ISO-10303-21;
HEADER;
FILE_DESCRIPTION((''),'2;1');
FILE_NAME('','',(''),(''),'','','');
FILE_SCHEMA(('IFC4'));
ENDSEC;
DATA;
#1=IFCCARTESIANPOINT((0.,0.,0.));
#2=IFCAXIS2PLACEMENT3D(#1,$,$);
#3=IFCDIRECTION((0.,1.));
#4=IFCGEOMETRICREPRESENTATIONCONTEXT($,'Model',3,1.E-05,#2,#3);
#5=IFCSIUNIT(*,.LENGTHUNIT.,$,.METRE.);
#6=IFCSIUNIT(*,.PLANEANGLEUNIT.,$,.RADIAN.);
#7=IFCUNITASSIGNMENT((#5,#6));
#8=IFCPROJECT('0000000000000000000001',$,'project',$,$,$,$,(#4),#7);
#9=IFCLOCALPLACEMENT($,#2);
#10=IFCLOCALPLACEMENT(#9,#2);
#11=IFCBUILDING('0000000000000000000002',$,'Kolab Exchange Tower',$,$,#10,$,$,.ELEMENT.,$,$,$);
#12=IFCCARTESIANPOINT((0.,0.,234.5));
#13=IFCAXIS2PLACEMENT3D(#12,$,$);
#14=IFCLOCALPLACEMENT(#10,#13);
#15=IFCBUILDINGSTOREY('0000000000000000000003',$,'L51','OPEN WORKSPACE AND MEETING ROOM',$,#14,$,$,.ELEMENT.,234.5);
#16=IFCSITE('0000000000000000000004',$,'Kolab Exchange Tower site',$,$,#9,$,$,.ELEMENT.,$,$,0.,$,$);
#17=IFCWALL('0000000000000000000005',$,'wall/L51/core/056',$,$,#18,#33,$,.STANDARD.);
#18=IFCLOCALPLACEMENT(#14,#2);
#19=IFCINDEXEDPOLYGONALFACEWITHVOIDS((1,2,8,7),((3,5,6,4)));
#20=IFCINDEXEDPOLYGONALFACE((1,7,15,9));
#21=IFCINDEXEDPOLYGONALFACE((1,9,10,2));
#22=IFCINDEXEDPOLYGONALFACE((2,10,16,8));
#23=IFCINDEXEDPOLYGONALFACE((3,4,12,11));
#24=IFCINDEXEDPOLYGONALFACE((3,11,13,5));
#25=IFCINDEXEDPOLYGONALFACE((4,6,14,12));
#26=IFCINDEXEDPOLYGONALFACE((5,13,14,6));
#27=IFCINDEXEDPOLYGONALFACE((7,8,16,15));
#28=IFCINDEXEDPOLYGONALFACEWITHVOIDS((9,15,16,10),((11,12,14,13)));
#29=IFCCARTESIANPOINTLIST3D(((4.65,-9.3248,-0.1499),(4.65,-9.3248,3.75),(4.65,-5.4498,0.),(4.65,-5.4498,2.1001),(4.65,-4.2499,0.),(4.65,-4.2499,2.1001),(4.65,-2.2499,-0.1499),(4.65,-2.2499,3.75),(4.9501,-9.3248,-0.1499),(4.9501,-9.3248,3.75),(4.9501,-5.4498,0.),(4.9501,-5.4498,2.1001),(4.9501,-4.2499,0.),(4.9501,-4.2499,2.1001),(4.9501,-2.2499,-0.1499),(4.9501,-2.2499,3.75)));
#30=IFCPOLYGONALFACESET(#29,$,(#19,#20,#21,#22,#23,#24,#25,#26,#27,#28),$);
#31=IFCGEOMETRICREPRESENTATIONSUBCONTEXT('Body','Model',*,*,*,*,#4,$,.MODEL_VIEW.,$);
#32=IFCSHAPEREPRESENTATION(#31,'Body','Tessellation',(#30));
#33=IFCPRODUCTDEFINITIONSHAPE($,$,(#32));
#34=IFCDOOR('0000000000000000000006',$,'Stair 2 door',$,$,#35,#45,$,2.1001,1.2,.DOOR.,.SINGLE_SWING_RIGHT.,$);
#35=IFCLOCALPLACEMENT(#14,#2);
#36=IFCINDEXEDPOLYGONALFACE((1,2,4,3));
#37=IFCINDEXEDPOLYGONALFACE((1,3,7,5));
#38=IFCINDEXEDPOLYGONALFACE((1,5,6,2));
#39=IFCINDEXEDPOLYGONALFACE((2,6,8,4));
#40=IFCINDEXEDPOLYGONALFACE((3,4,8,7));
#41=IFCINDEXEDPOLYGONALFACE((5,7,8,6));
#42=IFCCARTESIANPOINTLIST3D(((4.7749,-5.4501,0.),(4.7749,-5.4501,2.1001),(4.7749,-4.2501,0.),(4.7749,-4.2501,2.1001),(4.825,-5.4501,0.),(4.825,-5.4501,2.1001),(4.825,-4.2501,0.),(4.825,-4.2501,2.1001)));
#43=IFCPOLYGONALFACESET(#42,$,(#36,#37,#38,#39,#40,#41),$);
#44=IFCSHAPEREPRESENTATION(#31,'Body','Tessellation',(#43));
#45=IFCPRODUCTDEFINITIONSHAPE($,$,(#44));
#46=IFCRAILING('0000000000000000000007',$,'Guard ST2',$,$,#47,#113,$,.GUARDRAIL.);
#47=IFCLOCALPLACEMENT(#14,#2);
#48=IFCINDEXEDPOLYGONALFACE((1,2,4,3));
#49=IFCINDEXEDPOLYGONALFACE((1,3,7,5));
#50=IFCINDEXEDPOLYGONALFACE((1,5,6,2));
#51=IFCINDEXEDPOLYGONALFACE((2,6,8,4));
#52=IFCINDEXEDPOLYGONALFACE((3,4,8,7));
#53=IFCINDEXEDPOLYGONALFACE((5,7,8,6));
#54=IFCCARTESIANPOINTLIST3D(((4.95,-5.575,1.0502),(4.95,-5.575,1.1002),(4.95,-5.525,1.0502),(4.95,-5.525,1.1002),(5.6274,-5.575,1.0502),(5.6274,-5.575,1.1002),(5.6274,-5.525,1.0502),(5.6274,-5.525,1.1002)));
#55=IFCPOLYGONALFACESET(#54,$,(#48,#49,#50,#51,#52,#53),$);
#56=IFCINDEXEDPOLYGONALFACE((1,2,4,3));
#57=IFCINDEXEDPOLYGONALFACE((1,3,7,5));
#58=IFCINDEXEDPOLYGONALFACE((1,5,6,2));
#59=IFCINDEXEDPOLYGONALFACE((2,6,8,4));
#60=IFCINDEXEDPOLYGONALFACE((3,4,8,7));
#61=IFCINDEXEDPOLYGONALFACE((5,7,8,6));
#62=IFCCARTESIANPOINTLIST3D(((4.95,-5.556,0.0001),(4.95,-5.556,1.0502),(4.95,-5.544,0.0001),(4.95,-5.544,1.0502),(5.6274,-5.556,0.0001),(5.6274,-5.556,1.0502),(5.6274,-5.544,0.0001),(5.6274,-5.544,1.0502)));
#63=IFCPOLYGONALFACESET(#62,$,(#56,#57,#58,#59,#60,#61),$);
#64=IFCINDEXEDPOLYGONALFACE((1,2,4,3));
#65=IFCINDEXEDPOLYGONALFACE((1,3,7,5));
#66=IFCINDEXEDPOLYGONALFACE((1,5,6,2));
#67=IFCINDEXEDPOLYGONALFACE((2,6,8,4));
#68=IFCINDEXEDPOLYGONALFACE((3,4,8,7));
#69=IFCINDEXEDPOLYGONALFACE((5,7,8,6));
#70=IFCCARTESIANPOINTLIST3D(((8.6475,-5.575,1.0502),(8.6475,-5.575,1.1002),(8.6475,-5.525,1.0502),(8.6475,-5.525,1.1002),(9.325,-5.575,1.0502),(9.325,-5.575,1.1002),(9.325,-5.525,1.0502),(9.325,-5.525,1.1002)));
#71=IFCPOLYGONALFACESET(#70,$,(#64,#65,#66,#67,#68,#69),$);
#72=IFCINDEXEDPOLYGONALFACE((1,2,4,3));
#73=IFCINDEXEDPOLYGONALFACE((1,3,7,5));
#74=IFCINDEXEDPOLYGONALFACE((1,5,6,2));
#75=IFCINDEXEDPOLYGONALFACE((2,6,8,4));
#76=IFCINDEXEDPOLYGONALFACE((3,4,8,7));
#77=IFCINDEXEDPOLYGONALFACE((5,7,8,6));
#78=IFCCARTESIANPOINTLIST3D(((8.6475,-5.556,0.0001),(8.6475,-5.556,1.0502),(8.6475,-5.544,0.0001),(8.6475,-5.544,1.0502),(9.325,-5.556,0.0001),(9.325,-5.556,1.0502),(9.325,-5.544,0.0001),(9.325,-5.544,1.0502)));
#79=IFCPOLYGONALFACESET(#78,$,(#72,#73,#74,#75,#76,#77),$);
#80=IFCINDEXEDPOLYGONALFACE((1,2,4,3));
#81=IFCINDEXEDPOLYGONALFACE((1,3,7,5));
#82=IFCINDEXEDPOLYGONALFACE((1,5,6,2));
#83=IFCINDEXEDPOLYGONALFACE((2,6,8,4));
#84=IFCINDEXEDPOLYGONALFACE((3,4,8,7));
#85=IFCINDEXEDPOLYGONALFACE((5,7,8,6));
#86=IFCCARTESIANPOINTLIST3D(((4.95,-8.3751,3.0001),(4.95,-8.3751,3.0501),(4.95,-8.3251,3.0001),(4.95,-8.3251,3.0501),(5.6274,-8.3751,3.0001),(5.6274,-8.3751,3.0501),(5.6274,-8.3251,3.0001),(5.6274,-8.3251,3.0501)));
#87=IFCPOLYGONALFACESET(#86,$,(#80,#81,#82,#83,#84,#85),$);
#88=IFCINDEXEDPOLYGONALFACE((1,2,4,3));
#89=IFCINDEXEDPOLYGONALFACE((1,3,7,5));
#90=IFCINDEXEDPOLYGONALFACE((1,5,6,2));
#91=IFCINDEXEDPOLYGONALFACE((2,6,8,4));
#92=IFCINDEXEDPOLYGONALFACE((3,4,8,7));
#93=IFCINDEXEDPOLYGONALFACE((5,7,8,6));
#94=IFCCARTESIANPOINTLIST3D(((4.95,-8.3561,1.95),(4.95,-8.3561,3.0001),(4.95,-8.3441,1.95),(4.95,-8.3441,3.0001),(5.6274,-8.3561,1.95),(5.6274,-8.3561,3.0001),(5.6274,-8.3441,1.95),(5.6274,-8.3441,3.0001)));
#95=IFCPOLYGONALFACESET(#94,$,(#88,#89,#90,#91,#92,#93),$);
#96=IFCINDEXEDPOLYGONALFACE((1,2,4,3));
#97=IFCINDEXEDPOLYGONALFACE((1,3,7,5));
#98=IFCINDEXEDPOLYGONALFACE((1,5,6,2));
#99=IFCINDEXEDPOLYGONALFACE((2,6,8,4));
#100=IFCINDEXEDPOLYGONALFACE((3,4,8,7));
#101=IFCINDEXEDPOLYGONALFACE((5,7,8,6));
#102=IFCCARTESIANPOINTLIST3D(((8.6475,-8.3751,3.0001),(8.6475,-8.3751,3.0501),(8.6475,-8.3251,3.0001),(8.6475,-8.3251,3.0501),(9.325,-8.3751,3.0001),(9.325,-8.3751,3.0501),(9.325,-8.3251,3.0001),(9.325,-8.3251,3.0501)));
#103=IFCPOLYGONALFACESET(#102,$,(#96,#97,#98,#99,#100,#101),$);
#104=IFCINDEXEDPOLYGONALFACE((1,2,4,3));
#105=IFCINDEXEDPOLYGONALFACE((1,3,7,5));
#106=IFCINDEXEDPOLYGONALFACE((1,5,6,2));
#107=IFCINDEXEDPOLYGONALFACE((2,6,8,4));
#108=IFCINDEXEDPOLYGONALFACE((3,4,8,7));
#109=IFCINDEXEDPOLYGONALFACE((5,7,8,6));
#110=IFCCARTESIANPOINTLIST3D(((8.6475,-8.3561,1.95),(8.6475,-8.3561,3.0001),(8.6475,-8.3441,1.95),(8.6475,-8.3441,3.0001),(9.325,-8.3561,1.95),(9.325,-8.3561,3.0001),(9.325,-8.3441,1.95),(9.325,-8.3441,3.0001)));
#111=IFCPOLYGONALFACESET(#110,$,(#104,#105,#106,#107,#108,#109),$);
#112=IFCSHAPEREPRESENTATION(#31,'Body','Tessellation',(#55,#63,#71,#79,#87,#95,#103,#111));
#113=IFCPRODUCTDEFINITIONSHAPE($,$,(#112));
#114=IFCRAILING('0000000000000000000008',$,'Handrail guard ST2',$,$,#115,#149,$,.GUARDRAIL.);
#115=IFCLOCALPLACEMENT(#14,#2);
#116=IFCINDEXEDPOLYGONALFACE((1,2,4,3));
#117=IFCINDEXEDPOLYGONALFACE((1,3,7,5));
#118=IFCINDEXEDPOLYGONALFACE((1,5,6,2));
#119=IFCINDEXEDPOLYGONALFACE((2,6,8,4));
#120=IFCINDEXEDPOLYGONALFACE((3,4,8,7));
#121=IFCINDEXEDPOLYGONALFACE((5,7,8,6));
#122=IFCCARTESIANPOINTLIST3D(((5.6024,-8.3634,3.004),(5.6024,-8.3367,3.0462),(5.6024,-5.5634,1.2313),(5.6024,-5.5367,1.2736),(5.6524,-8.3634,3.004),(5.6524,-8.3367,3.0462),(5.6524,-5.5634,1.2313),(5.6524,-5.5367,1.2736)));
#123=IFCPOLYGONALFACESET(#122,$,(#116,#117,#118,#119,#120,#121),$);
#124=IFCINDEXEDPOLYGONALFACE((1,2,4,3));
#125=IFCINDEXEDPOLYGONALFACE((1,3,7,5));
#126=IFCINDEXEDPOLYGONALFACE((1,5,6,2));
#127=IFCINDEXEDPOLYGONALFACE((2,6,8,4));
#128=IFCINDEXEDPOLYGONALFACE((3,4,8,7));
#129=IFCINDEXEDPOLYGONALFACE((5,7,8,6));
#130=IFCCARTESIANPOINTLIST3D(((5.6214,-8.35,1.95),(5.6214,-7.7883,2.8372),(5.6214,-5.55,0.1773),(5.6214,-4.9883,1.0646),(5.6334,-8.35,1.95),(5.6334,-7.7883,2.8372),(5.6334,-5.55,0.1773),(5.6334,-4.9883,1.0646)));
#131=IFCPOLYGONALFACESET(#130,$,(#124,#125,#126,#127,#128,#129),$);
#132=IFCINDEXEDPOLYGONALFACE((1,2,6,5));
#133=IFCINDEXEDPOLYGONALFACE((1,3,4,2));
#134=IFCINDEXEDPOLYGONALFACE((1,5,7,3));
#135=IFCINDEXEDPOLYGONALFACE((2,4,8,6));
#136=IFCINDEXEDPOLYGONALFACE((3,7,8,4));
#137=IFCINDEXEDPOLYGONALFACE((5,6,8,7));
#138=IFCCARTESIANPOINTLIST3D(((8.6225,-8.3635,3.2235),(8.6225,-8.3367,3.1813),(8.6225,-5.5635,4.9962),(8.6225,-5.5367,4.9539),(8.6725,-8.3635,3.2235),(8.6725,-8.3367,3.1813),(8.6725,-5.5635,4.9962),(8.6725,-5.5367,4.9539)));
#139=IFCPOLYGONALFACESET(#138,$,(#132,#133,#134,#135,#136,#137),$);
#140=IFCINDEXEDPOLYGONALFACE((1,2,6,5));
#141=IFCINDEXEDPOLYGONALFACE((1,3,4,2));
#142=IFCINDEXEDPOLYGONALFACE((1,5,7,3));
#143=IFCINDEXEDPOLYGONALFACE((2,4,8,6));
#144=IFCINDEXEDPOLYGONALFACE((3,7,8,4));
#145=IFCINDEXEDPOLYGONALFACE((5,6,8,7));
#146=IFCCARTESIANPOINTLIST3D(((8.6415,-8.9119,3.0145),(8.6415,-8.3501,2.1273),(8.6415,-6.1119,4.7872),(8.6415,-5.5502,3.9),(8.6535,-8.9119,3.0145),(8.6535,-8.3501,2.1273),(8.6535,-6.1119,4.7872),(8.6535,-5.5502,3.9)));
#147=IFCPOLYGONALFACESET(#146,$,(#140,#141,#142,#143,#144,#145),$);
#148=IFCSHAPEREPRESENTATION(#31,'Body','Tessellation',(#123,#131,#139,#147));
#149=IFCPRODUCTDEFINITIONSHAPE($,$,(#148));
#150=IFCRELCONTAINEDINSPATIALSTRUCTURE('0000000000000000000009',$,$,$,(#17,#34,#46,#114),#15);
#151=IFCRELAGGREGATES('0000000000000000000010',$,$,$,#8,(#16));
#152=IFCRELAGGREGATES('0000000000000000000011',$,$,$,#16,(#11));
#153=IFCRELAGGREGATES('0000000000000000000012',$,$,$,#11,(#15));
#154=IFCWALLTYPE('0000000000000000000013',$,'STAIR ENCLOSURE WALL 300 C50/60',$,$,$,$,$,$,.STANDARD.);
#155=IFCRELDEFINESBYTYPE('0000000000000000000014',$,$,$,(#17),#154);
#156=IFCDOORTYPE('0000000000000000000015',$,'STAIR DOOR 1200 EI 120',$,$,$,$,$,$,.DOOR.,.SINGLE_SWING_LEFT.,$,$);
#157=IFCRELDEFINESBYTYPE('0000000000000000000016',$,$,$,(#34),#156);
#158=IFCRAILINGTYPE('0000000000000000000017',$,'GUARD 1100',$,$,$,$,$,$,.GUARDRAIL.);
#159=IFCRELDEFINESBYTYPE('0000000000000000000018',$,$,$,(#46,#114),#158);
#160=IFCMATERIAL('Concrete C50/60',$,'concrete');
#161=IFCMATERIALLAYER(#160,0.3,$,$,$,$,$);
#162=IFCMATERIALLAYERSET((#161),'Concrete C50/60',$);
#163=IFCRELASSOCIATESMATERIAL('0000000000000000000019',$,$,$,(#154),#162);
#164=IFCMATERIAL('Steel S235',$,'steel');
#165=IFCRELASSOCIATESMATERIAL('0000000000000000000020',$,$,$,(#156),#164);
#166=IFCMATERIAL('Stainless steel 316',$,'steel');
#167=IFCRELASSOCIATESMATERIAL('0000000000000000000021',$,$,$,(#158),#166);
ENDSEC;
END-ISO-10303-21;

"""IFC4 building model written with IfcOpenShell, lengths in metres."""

from ifc_helpers import new_model, si_unit, direction, frame, frame_2d, origin, origin_2d, place, context, subcontext, project, spatial, rectangle, extrude, material, layer, layer_set, type_object, element, fill, save


model = new_model("IFC4")

# Units and contexts
model_context = context("Model", 3, precision=1e-05, world=origin(), true_north=direction((0.0, 1.0)))
body_context = subcontext(model_context, "Body", "Model", "MODEL_VIEW")
ifc_project = project(units=[si_unit("LENGTHUNIT", "METRE"), si_unit("PLANEANGLEUNIT", "RADIAN")], contexts=[model_context])

# Site, building, storey
site_placement = place(None, origin())
site = spatial("IfcSite", under=ifc_project, at=site_placement, Name="Kolab Exchange Tower site", CompositionType="ELEMENT", RefElevation=0.0)
building_placement = place(site_placement, origin())
building = spatial("IfcBuilding", under=site, at=building_placement, Name="Kolab Exchange Tower", CompositionType="ELEMENT")
storey_placement = place(building_placement, frame((0.0, 0.0, 234.5)))
storey = spatial("IfcBuildingStorey", under=building, at=storey_placement, Name="L51", Description="OPEN WORKSPACE AND MEETING ROOM", CompositionType="ELEMENT", Elevation=234.5)

# Shared definitions
ifc_material_1 = material(Name="Concrete C50/60", Category="concrete")
ifc_material_2 = material(Name="Stainless steel 316", Category="steel")

# Wall, opening, door
ifc_material_3 = material(Name="Steel S235", Category="steel")
ifc_layer_1 = layer(ifc_material_1, 0.3)
ifc_layer_set_1 = layer_set([ifc_layer_1], Name="Concrete C50/60")
wall_type_1 = type_object("IfcWallType", Name="STAIR ENCLOSURE WALL 300 C50/60", PredefinedType="STANDARD", material=ifc_layer_set_1)
wall_1_placement = place(storey_placement, frame((4.8, -9.325, -0.1499), z_axis=(0.0, 0.0, 1.0), x_axis=(0.0, 1.0, 0.0)))
wall_1 = element("IfcWall", 1, at=wall_1_placement, inside=storey, type_object=wall_type_1, Name="wall/L51/core/056", PredefinedType="STANDARD", context=body_context, shape_type="SweptSolid", body=[
    extrude(rectangle(XDim=7.075, YDim=0.3, at=frame_2d((3.5376, 0.0))), origin(), (0.0, 0.0, 1.0), 3.8999),
])
opening_1_placement = place(wall_1_placement, frame((3.875, 0.0, 0.1499)))
opening_1 = element("IfcOpeningElement", 2, at=opening_1_placement, cuts=wall_1, PredefinedType="OPENING", context=body_context, shape_type="SweptSolid", body=[
    extrude(rectangle(XDim=1.2, YDim=2.1001, at=frame_2d((0.6001, 1.05))), frame((0.0, 0.1602, 0.0), z_axis=(0.0, -1.0, 0.0), x_axis=(1.0, 0.0, 0.0)), (0.0, 0.0, 1.0), 0.3201),
])
door_type_1 = type_object("IfcDoorType", Name="STAIR DOOR 1200 EI 120", OperationType="SINGLE_SWING_LEFT", PredefinedType="DOOR", material=ifc_material_3)
door_1_placement = place(opening_1_placement, frame((1.2, 0.0, 0.0), z_axis=(0.0, 0.0, 1.0), x_axis=(-1.0, 0.0, 0.0)))
door_1 = element("IfcDoor", 3, at=door_1_placement, inside=storey, type_object=door_type_1, Name="Stair 2 door", OperationType="SINGLE_SWING_RIGHT", OverallHeight=2.1001, OverallWidth=1.2, PredefinedType="DOOR", context=body_context, shape_type="SweptSolid", body=[
    extrude(rectangle(XDim=1.2, YDim=2.1001, at=frame_2d((0.6001, 1.05))), frame((0.0, 0.0249, 0.0), z_axis=(0.0, -1.0, 0.0), x_axis=(1.0, 0.0, 0.0)), (0.0, 0.0, 1.0), 0.05),
])
fill(opening_1, door_1)

# Railings
railing_type = type_object("IfcRailingType", Name="GUARD 1100", PredefinedType="GUARDRAIL", material=ifc_material_2)
railing_1_placement = place(storey_placement, frame((4.95, -5.55, 0.0)))
element("IfcRailing", 4, at=railing_1_placement, inside=storey, type_object=railing_type, Name="Guard ST2", PredefinedType="GUARDRAIL", context=body_context, shape_type="SweptSolid", body=[
    extrude(rectangle(XDim=0.05, YDim=0.05, at=origin_2d()), frame((0.0, 0.0, 1.0752), z_axis=(1.0, 0.0, 0.0), x_axis=(0.0, 1.0, 0.0)), (0.0, 0.0, 1.0), 0.6775),
    extrude(rectangle(XDim=0.012, YDim=1.0501, at=frame_2d((0.0, 0.5251))), frame((0.0, 0.0, 0.0), z_axis=(1.0, 0.0, 0.0), x_axis=(0.0, 1.0, 0.0)), (0.0, 0.0, 1.0), 0.6775),
    extrude(rectangle(XDim=0.05, YDim=0.05, at=origin_2d()), frame((3.6975, 0.0, 1.0752), z_axis=(1.0, 0.0, 0.0), x_axis=(0.0, 1.0, 0.0)), (0.0, 0.0, 1.0), 0.6775),
    extrude(rectangle(XDim=0.012, YDim=1.0501, at=frame_2d((0.0, 0.5251))), frame((3.6975, 0.0, 0.0), z_axis=(1.0, 0.0, 0.0), x_axis=(0.0, 1.0, 0.0)), (0.0, 0.0, 1.0), 0.6775),
    extrude(rectangle(XDim=0.05, YDim=0.05, at=origin_2d()), frame((0.0, -2.8, 3.0251), z_axis=(1.0, 0.0, 0.0), x_axis=(0.0, 1.0, 0.0)), (0.0, 0.0, 1.0), 0.6775),
    extrude(rectangle(XDim=0.012, YDim=1.0501, at=frame_2d((0.0, 0.5251))), frame((0.0, -2.8, 1.95), z_axis=(1.0, 0.0, 0.0), x_axis=(0.0, 1.0, 0.0)), (0.0, 0.0, 1.0), 0.6775),
    extrude(rectangle(XDim=0.05, YDim=0.05, at=origin_2d()), frame((3.6975, -2.8, 3.0251), z_axis=(1.0, 0.0, 0.0), x_axis=(0.0, 1.0, 0.0)), (0.0, 0.0, 1.0), 0.6775),
    extrude(rectangle(XDim=0.012, YDim=1.0501, at=frame_2d((0.0, 0.5251))), frame((3.6975, -2.8, 1.95), z_axis=(1.0, 0.0, 0.0), x_axis=(0.0, 1.0, 0.0)), (0.0, 0.0, 1.0), 0.6775),
])
railing_2_placement = place(storey_placement, frame((5.6274, -5.55, 0.1772)))
element("IfcRailing", 5, at=railing_2_placement, inside=storey, type_object=railing_type, Name="Handrail guard ST2", PredefinedType="GUARDRAIL", context=body_context, shape_type="SweptSolid", body=[
    extrude(rectangle(XDim=0.05, YDim=0.05, at=origin_2d()), frame((0.0, 0.0, 1.0752), z_axis=(0.0, -0.844909, 0.53491), x_axis=(1.0, 0.0, 0.0)), (0.0, 0.0, 1.0), 3.314),
    extrude(rectangle(XDim=0.012, YDim=1.0501, at=frame_2d((0.0, 0.5251))), frame((0.0, 0.0, 0.0), z_axis=(0.0, -0.844909, 0.53491), x_axis=(1.0, 0.0, 0.0)), (0.0, 0.0, 1.0), 3.314),
    extrude(rectangle(XDim=0.05, YDim=0.05, at=origin_2d()), frame((3.02, -2.8, 3.0251), z_axis=(0.0, 0.844909, 0.53491), x_axis=(-1.0, 0.0, 0.0)), (0.0, 0.0, 1.0), 3.314),
    extrude(rectangle(XDim=0.012, YDim=1.0501, at=frame_2d((0.0, 0.5251))), frame((3.02, -2.8, 1.95), z_axis=(0.0, 0.844909, 0.53491), x_axis=(-1.0, 0.0, 0.0)), (0.0, 0.0, 1.0), 3.314),
])

save(model, "model.ifc")
